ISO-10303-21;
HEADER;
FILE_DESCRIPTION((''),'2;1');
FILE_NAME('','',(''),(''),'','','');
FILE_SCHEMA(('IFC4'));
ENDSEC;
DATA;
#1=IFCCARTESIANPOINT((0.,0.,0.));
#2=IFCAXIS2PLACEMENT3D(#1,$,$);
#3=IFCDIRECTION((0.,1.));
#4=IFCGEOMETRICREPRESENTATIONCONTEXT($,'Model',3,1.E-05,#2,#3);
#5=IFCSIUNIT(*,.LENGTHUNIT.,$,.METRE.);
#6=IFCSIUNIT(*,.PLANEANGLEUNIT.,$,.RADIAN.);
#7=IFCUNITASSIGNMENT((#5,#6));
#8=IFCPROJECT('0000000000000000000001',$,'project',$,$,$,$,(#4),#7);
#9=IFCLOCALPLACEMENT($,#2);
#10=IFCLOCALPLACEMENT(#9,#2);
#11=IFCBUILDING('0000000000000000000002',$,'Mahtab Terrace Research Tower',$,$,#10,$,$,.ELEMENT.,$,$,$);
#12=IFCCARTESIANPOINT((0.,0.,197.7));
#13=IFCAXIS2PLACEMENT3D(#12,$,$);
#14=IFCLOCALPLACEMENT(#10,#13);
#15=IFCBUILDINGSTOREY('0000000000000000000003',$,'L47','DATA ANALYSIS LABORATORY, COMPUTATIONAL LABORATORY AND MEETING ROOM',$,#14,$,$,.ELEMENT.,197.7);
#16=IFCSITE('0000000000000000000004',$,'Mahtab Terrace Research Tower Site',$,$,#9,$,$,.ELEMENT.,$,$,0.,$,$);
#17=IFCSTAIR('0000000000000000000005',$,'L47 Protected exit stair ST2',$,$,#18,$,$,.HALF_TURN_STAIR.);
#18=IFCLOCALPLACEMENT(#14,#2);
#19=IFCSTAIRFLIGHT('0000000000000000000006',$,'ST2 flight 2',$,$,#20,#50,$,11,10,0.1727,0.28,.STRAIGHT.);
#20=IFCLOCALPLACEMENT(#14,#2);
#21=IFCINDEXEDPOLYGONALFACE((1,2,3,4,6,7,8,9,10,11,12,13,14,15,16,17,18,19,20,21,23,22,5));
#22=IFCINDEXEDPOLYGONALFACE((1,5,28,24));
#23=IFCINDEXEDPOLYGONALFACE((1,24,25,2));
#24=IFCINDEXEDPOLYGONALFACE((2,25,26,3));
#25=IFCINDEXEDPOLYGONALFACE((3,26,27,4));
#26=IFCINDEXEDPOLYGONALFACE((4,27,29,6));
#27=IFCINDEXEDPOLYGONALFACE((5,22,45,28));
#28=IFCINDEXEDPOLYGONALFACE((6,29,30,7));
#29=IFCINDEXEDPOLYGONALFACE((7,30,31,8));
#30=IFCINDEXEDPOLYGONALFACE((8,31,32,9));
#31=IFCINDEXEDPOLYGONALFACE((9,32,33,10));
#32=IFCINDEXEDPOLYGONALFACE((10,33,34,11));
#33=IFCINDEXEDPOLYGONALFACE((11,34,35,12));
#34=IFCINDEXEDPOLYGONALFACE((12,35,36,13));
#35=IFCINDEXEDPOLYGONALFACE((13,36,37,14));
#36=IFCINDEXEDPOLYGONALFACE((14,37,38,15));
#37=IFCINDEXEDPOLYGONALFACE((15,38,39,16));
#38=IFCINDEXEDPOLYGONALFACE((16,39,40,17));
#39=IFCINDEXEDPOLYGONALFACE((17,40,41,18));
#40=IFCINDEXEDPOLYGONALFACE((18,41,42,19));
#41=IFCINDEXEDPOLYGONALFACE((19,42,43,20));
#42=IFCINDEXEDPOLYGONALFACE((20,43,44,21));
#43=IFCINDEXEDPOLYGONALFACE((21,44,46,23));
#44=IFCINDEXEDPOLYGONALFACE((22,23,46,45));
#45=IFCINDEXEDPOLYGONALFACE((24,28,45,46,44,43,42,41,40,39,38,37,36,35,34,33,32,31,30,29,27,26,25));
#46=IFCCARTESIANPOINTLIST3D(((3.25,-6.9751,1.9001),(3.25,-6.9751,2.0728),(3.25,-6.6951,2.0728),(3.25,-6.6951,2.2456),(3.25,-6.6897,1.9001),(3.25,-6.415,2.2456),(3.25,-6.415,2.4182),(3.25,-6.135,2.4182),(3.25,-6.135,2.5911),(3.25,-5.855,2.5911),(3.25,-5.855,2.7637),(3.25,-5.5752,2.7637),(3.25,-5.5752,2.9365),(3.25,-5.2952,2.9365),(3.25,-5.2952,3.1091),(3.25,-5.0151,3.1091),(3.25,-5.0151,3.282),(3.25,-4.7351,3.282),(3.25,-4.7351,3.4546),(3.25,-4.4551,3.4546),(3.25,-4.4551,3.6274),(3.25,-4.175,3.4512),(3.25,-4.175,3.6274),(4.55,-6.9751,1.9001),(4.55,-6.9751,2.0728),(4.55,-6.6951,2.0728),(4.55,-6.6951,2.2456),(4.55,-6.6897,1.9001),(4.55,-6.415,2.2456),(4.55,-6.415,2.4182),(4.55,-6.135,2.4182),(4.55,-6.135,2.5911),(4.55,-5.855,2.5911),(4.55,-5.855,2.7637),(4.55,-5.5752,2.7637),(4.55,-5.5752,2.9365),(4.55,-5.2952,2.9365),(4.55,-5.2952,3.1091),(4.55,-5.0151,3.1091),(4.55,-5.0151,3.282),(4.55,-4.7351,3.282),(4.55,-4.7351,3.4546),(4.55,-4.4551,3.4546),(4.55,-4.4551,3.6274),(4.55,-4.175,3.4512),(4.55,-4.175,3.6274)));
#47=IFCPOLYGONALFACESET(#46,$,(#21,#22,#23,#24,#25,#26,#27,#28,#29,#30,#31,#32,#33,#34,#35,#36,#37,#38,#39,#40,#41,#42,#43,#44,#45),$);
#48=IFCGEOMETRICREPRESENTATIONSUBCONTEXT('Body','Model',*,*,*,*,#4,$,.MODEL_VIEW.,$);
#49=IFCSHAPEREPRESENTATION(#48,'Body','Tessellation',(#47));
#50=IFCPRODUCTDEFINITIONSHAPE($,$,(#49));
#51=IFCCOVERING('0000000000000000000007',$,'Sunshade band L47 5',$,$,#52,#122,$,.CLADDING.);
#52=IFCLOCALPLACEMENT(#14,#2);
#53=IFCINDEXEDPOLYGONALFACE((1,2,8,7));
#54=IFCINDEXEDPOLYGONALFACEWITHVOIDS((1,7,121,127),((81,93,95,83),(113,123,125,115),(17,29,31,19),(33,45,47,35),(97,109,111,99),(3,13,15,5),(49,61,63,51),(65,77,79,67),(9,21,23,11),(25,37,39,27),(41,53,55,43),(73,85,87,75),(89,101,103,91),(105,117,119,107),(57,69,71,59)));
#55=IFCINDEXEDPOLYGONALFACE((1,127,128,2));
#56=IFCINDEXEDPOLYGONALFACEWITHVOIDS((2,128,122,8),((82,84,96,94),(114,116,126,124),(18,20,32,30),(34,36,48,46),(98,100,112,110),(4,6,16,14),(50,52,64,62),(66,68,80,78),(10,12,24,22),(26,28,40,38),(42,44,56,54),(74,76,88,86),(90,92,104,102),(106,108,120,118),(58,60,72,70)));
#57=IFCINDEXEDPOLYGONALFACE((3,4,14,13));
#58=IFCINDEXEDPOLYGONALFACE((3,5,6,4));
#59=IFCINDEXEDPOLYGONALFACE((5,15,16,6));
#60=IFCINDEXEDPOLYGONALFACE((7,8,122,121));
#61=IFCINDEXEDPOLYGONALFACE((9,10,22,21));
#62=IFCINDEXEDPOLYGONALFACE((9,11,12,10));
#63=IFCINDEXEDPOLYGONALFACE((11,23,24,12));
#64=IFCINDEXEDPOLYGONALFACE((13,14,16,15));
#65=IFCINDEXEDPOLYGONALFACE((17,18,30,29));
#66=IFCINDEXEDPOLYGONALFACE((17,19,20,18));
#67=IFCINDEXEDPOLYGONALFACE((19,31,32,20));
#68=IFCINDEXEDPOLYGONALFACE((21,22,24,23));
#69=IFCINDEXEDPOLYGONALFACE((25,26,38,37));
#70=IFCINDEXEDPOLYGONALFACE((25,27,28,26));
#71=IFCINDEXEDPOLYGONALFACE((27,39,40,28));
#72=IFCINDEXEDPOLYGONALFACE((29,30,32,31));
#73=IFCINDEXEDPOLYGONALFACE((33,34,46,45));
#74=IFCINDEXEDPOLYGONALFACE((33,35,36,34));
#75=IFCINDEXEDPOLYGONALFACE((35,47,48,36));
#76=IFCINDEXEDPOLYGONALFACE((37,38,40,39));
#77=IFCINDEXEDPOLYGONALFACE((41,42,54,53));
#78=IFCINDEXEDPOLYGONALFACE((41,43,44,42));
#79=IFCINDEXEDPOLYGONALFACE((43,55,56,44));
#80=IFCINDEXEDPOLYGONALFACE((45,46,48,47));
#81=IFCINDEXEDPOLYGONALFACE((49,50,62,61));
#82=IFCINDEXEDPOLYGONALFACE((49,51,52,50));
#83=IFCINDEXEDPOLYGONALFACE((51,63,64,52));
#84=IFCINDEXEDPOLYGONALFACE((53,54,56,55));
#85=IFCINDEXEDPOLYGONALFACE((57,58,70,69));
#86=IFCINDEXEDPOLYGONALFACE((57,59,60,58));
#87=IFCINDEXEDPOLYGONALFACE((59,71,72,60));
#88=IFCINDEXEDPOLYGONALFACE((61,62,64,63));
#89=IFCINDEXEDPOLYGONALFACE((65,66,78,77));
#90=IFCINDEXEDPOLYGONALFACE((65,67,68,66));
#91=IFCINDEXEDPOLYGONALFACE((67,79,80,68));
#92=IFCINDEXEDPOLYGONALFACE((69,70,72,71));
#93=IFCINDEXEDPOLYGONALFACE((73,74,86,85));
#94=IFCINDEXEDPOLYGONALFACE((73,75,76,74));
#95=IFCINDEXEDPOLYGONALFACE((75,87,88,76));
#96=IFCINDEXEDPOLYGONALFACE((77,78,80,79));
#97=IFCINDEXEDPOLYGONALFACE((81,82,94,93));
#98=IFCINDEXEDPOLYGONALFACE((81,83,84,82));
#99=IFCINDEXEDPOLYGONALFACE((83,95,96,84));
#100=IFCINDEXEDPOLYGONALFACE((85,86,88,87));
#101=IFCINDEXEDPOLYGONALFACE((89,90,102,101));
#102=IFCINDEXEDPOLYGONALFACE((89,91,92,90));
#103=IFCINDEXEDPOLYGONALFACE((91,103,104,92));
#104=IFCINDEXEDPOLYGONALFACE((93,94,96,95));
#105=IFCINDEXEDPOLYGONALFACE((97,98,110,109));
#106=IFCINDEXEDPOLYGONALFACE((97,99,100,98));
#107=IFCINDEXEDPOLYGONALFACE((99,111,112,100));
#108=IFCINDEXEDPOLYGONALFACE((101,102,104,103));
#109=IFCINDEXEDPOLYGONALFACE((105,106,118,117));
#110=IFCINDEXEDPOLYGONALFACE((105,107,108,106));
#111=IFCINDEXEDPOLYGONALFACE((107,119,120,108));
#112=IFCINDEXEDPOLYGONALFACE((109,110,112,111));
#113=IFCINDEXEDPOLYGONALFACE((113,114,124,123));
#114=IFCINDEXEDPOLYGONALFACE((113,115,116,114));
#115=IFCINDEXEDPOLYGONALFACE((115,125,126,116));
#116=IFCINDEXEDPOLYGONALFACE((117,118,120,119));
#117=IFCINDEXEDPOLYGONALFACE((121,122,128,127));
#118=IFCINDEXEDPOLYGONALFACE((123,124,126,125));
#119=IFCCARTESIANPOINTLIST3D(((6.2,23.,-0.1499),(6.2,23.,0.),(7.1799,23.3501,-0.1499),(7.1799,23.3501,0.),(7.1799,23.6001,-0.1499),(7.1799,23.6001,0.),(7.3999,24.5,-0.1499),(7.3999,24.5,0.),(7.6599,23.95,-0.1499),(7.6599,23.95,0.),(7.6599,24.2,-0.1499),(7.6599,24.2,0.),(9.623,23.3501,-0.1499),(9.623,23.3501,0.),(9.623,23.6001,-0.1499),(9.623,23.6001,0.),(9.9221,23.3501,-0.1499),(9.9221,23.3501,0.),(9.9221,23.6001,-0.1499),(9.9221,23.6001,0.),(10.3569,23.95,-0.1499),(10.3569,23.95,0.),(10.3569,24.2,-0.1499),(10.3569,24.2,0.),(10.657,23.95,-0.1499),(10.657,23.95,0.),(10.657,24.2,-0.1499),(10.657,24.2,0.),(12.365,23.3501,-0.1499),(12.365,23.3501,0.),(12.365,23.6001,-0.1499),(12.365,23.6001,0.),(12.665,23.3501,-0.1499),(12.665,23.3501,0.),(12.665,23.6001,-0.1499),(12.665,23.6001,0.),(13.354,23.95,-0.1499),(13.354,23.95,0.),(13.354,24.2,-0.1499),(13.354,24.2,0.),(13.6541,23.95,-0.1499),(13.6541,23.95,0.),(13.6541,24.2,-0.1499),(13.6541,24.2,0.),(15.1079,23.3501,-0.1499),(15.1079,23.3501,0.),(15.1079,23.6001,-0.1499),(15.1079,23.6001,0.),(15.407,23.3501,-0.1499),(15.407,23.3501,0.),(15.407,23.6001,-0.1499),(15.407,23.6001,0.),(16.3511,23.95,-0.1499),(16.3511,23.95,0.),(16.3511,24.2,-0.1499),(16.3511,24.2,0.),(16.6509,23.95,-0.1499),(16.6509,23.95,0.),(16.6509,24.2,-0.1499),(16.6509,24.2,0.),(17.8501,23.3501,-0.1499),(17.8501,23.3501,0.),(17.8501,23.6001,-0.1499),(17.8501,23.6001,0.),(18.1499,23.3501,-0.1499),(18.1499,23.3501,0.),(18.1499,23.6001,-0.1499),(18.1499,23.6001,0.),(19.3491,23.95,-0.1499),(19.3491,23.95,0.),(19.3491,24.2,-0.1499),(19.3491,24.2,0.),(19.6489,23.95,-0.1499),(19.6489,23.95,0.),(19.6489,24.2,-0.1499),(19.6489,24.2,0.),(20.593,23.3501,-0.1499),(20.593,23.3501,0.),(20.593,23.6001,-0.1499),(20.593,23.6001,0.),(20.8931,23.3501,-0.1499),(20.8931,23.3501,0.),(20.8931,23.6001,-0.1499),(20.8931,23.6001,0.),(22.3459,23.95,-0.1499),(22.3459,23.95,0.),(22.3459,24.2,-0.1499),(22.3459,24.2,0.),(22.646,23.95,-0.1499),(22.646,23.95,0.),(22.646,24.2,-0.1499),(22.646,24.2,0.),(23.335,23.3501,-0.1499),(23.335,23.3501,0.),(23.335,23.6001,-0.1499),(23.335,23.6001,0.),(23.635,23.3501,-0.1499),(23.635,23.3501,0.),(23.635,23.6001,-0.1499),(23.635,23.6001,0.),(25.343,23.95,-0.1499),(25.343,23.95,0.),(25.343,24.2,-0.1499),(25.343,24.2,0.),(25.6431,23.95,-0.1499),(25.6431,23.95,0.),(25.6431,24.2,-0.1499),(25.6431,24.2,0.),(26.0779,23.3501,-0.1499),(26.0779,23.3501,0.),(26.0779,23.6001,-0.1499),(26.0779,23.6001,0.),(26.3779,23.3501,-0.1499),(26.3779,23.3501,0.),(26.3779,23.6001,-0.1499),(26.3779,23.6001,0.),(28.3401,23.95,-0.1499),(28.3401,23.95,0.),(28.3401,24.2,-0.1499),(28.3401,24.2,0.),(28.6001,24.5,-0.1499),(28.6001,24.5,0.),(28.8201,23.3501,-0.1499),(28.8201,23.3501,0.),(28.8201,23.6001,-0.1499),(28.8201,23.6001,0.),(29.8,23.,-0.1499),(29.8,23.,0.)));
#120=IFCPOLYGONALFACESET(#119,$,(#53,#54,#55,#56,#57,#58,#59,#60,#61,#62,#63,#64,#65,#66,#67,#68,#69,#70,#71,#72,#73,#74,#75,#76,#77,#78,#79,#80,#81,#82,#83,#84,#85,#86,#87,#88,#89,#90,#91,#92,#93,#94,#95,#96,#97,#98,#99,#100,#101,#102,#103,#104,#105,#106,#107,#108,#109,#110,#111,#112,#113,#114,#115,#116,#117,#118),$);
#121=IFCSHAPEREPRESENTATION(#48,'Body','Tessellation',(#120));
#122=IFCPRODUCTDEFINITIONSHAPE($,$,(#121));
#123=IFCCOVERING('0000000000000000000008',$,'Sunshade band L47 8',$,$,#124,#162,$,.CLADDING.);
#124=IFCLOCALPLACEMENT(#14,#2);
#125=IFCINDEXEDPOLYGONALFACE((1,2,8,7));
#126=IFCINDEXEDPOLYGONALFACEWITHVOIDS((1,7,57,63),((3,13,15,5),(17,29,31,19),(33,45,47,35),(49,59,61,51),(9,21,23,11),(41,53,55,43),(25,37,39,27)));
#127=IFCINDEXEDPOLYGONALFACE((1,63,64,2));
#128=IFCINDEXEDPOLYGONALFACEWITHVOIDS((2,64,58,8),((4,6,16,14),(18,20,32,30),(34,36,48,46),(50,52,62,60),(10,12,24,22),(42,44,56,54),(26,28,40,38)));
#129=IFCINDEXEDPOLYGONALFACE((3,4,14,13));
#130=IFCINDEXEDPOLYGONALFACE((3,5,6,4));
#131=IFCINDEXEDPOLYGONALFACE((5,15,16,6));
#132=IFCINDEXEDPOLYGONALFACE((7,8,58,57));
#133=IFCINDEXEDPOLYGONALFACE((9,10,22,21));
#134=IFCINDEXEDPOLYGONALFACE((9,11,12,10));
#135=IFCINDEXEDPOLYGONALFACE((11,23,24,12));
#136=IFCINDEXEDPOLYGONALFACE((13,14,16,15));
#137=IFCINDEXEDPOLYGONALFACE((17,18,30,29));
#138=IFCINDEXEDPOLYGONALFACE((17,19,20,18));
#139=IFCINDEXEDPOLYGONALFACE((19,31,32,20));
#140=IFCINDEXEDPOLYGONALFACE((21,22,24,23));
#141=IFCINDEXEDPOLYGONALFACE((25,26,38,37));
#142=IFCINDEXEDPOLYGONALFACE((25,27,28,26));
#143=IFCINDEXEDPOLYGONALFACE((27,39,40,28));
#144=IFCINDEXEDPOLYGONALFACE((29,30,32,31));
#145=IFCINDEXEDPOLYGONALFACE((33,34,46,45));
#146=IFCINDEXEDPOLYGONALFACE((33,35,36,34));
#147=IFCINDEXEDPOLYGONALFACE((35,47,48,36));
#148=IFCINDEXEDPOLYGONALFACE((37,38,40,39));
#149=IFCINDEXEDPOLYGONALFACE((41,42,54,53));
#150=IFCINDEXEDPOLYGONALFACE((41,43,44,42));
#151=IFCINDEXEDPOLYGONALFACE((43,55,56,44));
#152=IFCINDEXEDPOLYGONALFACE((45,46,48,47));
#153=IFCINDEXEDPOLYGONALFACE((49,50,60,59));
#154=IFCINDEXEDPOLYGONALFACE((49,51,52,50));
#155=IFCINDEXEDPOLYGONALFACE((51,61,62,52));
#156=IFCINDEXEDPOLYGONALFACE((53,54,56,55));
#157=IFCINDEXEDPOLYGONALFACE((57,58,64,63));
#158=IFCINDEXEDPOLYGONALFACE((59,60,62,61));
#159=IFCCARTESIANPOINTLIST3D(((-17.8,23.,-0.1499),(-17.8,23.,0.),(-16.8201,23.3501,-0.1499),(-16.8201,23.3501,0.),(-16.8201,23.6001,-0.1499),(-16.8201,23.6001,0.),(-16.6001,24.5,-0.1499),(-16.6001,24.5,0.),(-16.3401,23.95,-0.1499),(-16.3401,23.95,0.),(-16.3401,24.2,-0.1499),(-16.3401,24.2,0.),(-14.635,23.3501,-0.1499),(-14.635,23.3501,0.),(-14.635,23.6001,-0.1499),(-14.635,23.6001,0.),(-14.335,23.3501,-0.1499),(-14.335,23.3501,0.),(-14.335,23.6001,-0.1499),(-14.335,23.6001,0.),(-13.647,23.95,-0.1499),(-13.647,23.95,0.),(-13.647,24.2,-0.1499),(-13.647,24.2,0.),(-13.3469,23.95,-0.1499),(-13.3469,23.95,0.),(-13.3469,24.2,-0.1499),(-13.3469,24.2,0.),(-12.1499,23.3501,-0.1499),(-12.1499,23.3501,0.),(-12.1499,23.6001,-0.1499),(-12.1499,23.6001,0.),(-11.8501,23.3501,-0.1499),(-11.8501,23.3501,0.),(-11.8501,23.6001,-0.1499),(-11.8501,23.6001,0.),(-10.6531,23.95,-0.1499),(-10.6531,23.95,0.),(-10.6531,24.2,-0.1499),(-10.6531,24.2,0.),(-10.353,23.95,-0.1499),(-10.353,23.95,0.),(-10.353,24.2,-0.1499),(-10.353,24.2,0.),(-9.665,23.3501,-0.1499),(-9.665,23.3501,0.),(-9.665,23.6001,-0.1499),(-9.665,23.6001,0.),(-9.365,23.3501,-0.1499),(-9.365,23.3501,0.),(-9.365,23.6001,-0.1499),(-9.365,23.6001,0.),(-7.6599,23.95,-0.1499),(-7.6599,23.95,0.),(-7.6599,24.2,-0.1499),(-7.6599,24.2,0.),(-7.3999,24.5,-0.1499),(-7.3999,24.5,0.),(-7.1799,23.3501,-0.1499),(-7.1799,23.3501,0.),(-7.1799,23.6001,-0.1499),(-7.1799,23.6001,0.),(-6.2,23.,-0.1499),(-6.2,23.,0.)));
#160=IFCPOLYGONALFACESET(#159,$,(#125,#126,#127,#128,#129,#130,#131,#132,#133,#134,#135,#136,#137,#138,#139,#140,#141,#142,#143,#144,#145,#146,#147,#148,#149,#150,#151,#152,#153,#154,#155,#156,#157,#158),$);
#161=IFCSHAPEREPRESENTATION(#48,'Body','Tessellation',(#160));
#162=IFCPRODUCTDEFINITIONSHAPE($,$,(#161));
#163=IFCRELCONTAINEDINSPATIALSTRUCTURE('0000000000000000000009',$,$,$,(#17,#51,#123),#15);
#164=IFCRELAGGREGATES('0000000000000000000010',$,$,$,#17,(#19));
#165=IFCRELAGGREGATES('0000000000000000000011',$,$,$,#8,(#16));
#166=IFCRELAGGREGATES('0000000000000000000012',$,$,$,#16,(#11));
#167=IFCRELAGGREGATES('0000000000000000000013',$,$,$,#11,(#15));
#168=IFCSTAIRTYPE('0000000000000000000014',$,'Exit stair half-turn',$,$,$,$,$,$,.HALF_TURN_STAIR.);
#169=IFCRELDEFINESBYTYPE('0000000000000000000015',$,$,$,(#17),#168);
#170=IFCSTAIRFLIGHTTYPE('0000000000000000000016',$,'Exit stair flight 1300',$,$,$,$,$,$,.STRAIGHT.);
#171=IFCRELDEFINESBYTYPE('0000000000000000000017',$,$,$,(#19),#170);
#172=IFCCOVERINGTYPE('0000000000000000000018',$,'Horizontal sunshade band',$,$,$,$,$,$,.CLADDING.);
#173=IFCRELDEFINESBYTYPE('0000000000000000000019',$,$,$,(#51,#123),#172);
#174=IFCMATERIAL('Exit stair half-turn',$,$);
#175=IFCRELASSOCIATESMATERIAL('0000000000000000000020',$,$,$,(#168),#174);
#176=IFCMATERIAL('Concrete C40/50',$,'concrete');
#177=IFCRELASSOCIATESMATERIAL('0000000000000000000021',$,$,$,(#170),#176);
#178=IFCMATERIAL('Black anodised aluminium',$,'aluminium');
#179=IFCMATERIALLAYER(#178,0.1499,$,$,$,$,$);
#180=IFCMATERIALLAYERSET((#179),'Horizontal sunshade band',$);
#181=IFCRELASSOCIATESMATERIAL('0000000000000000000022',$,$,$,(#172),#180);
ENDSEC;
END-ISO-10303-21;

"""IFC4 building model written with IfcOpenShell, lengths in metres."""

from ifc_helpers import new_model, si_unit, direction, frame, origin, place, context, subcontext, project, spatial, polyline, outline, extrude, material, layer, layer_set, type_object, element, aggregate, save


model = new_model("IFC4")

# Units and contexts
model_context = context("Model", 3, precision=1e-05, world=origin(), true_north=direction((0.0, 1.0)))
body_context = subcontext(model_context, "Body", "Model", "MODEL_VIEW")
ifc_project = project(units=[si_unit("LENGTHUNIT", "METRE"), si_unit("PLANEANGLEUNIT", "RADIAN")], contexts=[model_context])

# Site, building, storey
site_placement = place(None, origin())
site = spatial("IfcSite", under=ifc_project, at=site_placement, Name="Mahtab Terrace Research Tower Site", CompositionType="ELEMENT", RefElevation=0.0)
building_placement = place(site_placement, origin())
building = spatial("IfcBuilding", under=site, at=building_placement, Name="Mahtab Terrace Research Tower", CompositionType="ELEMENT")
storey_placement = place(building_placement, frame((0.0, 0.0, 197.7)))
storey = spatial("IfcBuildingStorey", under=building, at=storey_placement, Name="L47", Description="DATA ANALYSIS LABORATORY, COMPUTATIONAL LABORATORY AND MEETING ROOM", CompositionType="ELEMENT", Elevation=197.7)

# Shared definitions
ifc_material_1 = material(Name="Concrete C40/50", Category="concrete")

# Stair, stair flight
ifc_material_2 = material(Name="Exit stair half-turn")
stair_type = type_object("IfcStairType", Name="Exit stair half-turn", PredefinedType="HALF_TURN_STAIR", material=ifc_material_2)
stair_placement = place(storey_placement, origin())
stair = element("IfcStair", 1, at=stair_placement, inside=storey, type_object=stair_type, Name="L47 Protected exit stair ST2", PredefinedType="HALF_TURN_STAIR")
stair_flight_type = type_object("IfcStairFlightType", Name="Exit stair flight 1300", PredefinedType="STRAIGHT", material=ifc_material_1)
stair_flight_1_placement = place(storey_placement, frame((3.8999, -6.9751, 1.9001), z_axis=(0.0, 0.0, 1.0), x_axis=(0.0, 1.0, 0.0)))
stair_flight_1 = element("IfcStairFlight", 2, at=stair_flight_1_placement, type_object=stair_flight_type, Name="ST2 flight 2", NumberOfRisers=11, NumberOfTreads=10, PredefinedType="STRAIGHT", RiserHeight=0.1727, TreadLength=0.28, context=body_context, shape_type="SweptSolid", body=[
    extrude(outline(polyline([(0.0, 0.0), (0.0, 0.1726), (0.28, 0.1726), (0.28, 0.3455), (0.5601, 0.3455), (0.5601, 0.5181), (0.8401, 0.5181), (0.8401, 0.6909), (1.1201, 0.6909), (1.1201, 0.8635), (1.3999, 0.8635), (1.3999, 1.0364), (1.6799, 1.0364), (1.6799, 1.209), (1.96, 1.209), (1.96, 1.3818), (2.24, 1.3818), (2.24, 1.5544), (2.52, 1.5544), (2.52, 1.7273), (2.8, 1.7273), (2.8, 1.8999), (2.8, 1.551), (0.2854, 0.0), (0.0, 0.0)])), frame((0.0, 0.6499, 0.0), z_axis=(0.0, -1.0, 0.0), x_axis=(1.0, 0.0, 0.0)), (0.0, 0.0, 1.0), 1.3),
])
aggregate(stair, [stair_flight_1])

# Coverings
ifc_material_3 = material(Name="Black anodised aluminium", Category="aluminium")
ifc_layer_1 = layer(ifc_material_3, 0.1499)
ifc_layer_set_1 = layer_set([ifc_layer_1], Name="Horizontal sunshade band")
covering_type = type_object("IfcCoveringType", Name="Horizontal sunshade band", PredefinedType="CLADDING", material=ifc_layer_set_1)
covering_1_placement = place(storey_placement, frame((0.0, 0.0, -0.1499)))
element("IfcCovering", 3, at=covering_1_placement, inside=storey, type_object=covering_type, Name="Sunshade band L47 5", PredefinedType="CLADDING", context=body_context, shape_type="SweptSolid", body=[
    extrude(outline(polyline([(29.8, 23.0), (6.2, 23.0), (7.3999, 24.5), (28.6001, 24.5), (29.8, 23.0)]), holes=[polyline([(28.8201, 23.3501), (26.3779, 23.3501), (26.3779, 23.6001), (28.8201, 23.6001), (28.8201, 23.3501)]), polyline([(26.0779, 23.3501), (23.635, 23.3501), (23.635, 23.6001), (26.0779, 23.6001), (26.0779, 23.3501)]), polyline([(23.335, 23.3501), (20.8931, 23.3501), (20.8931, 23.6001), (23.335, 23.6001), (23.335, 23.3501)]), polyline([(20.593, 23.3501), (18.1499, 23.3501), (18.1499, 23.6001), (20.593, 23.6001), (20.593, 23.3501)]), polyline([(17.8501, 23.3501), (15.407, 23.3501), (15.407, 23.6001), (17.8501, 23.6001), (17.8501, 23.3501)]), polyline([(15.1079, 23.3501), (12.665, 23.3501), (12.665, 23.6001), (15.1079, 23.6001), (15.1079, 23.3501)]), polyline([(12.365, 23.3501), (9.9221, 23.3501), (9.9221, 23.6001), (12.365, 23.6001), (12.365, 23.3501)]), polyline([(9.623, 23.3501), (7.1799, 23.3501), (7.1799, 23.6001), (9.623, 23.6001), (9.623, 23.3501)]), polyline([(28.3401, 23.95), (25.6431, 23.95), (25.6431, 24.2), (28.3401, 24.2), (28.3401, 23.95)]), polyline([(25.343, 23.95), (22.646, 23.95), (22.646, 24.2), (25.343, 24.2), (25.343, 23.95)]), polyline([(22.3459, 23.95), (19.6489, 23.95), (19.6489, 24.2), (22.3459, 24.2), (22.3459, 23.95)]), polyline([(19.3491, 23.95), (16.6509, 23.95), (16.6509, 24.2), (19.3491, 24.2), (19.3491, 23.95)]), polyline([(16.3511, 23.95), (13.6541, 23.95), (13.6541, 24.2), (16.3511, 24.2), (16.3511, 23.95)]), polyline([(13.354, 23.95), (10.657, 23.95), (10.657, 24.2), (13.354, 24.2), (13.354, 23.95)]), polyline([(10.3569, 23.95), (7.6599, 23.95), (7.6599, 24.2), (10.3569, 24.2), (10.3569, 23.95)])]), origin(), (0.0, 0.0, 1.0), 0.1499),
])
covering_2_placement = place(storey_placement, frame((0.0, 0.0, -0.1499)))
element("IfcCovering", 4, at=covering_2_placement, inside=storey, type_object=covering_type, Name="Sunshade band L47 8", PredefinedType="CLADDING", context=body_context, shape_type="SweptSolid", body=[
    extrude(outline(polyline([(-6.2, 23.0), (-17.8, 23.0), (-16.6001, 24.5), (-7.3999, 24.5), (-6.2, 23.0)]), holes=[polyline([(-7.1799, 23.3501), (-9.365, 23.3501), (-9.365, 23.6001), (-7.1799, 23.6001), (-7.1799, 23.3501)]), polyline([(-9.665, 23.3501), (-11.8501, 23.3501), (-11.8501, 23.6001), (-9.665, 23.6001), (-9.665, 23.3501)]), polyline([(-12.1499, 23.3501), (-14.335, 23.3501), (-14.335, 23.6001), (-12.1499, 23.6001), (-12.1499, 23.3501)]), polyline([(-14.635, 23.3501), (-16.8201, 23.3501), (-16.8201, 23.6001), (-14.635, 23.6001), (-14.635, 23.3501)]), polyline([(-7.6599, 23.95), (-10.353, 23.95), (-10.353, 24.2), (-7.6599, 24.2), (-7.6599, 23.95)]), polyline([(-10.6531, 23.95), (-13.3469, 23.95), (-13.3469, 24.2), (-10.6531, 24.2), (-10.6531, 23.95)]), polyline([(-13.647, 23.95), (-16.3401, 23.95), (-16.3401, 24.2), (-13.647, 24.2), (-13.647, 23.95)])]), origin(), (0.0, 0.0, 1.0), 0.1499),
])

save(model, "model.ifc")
